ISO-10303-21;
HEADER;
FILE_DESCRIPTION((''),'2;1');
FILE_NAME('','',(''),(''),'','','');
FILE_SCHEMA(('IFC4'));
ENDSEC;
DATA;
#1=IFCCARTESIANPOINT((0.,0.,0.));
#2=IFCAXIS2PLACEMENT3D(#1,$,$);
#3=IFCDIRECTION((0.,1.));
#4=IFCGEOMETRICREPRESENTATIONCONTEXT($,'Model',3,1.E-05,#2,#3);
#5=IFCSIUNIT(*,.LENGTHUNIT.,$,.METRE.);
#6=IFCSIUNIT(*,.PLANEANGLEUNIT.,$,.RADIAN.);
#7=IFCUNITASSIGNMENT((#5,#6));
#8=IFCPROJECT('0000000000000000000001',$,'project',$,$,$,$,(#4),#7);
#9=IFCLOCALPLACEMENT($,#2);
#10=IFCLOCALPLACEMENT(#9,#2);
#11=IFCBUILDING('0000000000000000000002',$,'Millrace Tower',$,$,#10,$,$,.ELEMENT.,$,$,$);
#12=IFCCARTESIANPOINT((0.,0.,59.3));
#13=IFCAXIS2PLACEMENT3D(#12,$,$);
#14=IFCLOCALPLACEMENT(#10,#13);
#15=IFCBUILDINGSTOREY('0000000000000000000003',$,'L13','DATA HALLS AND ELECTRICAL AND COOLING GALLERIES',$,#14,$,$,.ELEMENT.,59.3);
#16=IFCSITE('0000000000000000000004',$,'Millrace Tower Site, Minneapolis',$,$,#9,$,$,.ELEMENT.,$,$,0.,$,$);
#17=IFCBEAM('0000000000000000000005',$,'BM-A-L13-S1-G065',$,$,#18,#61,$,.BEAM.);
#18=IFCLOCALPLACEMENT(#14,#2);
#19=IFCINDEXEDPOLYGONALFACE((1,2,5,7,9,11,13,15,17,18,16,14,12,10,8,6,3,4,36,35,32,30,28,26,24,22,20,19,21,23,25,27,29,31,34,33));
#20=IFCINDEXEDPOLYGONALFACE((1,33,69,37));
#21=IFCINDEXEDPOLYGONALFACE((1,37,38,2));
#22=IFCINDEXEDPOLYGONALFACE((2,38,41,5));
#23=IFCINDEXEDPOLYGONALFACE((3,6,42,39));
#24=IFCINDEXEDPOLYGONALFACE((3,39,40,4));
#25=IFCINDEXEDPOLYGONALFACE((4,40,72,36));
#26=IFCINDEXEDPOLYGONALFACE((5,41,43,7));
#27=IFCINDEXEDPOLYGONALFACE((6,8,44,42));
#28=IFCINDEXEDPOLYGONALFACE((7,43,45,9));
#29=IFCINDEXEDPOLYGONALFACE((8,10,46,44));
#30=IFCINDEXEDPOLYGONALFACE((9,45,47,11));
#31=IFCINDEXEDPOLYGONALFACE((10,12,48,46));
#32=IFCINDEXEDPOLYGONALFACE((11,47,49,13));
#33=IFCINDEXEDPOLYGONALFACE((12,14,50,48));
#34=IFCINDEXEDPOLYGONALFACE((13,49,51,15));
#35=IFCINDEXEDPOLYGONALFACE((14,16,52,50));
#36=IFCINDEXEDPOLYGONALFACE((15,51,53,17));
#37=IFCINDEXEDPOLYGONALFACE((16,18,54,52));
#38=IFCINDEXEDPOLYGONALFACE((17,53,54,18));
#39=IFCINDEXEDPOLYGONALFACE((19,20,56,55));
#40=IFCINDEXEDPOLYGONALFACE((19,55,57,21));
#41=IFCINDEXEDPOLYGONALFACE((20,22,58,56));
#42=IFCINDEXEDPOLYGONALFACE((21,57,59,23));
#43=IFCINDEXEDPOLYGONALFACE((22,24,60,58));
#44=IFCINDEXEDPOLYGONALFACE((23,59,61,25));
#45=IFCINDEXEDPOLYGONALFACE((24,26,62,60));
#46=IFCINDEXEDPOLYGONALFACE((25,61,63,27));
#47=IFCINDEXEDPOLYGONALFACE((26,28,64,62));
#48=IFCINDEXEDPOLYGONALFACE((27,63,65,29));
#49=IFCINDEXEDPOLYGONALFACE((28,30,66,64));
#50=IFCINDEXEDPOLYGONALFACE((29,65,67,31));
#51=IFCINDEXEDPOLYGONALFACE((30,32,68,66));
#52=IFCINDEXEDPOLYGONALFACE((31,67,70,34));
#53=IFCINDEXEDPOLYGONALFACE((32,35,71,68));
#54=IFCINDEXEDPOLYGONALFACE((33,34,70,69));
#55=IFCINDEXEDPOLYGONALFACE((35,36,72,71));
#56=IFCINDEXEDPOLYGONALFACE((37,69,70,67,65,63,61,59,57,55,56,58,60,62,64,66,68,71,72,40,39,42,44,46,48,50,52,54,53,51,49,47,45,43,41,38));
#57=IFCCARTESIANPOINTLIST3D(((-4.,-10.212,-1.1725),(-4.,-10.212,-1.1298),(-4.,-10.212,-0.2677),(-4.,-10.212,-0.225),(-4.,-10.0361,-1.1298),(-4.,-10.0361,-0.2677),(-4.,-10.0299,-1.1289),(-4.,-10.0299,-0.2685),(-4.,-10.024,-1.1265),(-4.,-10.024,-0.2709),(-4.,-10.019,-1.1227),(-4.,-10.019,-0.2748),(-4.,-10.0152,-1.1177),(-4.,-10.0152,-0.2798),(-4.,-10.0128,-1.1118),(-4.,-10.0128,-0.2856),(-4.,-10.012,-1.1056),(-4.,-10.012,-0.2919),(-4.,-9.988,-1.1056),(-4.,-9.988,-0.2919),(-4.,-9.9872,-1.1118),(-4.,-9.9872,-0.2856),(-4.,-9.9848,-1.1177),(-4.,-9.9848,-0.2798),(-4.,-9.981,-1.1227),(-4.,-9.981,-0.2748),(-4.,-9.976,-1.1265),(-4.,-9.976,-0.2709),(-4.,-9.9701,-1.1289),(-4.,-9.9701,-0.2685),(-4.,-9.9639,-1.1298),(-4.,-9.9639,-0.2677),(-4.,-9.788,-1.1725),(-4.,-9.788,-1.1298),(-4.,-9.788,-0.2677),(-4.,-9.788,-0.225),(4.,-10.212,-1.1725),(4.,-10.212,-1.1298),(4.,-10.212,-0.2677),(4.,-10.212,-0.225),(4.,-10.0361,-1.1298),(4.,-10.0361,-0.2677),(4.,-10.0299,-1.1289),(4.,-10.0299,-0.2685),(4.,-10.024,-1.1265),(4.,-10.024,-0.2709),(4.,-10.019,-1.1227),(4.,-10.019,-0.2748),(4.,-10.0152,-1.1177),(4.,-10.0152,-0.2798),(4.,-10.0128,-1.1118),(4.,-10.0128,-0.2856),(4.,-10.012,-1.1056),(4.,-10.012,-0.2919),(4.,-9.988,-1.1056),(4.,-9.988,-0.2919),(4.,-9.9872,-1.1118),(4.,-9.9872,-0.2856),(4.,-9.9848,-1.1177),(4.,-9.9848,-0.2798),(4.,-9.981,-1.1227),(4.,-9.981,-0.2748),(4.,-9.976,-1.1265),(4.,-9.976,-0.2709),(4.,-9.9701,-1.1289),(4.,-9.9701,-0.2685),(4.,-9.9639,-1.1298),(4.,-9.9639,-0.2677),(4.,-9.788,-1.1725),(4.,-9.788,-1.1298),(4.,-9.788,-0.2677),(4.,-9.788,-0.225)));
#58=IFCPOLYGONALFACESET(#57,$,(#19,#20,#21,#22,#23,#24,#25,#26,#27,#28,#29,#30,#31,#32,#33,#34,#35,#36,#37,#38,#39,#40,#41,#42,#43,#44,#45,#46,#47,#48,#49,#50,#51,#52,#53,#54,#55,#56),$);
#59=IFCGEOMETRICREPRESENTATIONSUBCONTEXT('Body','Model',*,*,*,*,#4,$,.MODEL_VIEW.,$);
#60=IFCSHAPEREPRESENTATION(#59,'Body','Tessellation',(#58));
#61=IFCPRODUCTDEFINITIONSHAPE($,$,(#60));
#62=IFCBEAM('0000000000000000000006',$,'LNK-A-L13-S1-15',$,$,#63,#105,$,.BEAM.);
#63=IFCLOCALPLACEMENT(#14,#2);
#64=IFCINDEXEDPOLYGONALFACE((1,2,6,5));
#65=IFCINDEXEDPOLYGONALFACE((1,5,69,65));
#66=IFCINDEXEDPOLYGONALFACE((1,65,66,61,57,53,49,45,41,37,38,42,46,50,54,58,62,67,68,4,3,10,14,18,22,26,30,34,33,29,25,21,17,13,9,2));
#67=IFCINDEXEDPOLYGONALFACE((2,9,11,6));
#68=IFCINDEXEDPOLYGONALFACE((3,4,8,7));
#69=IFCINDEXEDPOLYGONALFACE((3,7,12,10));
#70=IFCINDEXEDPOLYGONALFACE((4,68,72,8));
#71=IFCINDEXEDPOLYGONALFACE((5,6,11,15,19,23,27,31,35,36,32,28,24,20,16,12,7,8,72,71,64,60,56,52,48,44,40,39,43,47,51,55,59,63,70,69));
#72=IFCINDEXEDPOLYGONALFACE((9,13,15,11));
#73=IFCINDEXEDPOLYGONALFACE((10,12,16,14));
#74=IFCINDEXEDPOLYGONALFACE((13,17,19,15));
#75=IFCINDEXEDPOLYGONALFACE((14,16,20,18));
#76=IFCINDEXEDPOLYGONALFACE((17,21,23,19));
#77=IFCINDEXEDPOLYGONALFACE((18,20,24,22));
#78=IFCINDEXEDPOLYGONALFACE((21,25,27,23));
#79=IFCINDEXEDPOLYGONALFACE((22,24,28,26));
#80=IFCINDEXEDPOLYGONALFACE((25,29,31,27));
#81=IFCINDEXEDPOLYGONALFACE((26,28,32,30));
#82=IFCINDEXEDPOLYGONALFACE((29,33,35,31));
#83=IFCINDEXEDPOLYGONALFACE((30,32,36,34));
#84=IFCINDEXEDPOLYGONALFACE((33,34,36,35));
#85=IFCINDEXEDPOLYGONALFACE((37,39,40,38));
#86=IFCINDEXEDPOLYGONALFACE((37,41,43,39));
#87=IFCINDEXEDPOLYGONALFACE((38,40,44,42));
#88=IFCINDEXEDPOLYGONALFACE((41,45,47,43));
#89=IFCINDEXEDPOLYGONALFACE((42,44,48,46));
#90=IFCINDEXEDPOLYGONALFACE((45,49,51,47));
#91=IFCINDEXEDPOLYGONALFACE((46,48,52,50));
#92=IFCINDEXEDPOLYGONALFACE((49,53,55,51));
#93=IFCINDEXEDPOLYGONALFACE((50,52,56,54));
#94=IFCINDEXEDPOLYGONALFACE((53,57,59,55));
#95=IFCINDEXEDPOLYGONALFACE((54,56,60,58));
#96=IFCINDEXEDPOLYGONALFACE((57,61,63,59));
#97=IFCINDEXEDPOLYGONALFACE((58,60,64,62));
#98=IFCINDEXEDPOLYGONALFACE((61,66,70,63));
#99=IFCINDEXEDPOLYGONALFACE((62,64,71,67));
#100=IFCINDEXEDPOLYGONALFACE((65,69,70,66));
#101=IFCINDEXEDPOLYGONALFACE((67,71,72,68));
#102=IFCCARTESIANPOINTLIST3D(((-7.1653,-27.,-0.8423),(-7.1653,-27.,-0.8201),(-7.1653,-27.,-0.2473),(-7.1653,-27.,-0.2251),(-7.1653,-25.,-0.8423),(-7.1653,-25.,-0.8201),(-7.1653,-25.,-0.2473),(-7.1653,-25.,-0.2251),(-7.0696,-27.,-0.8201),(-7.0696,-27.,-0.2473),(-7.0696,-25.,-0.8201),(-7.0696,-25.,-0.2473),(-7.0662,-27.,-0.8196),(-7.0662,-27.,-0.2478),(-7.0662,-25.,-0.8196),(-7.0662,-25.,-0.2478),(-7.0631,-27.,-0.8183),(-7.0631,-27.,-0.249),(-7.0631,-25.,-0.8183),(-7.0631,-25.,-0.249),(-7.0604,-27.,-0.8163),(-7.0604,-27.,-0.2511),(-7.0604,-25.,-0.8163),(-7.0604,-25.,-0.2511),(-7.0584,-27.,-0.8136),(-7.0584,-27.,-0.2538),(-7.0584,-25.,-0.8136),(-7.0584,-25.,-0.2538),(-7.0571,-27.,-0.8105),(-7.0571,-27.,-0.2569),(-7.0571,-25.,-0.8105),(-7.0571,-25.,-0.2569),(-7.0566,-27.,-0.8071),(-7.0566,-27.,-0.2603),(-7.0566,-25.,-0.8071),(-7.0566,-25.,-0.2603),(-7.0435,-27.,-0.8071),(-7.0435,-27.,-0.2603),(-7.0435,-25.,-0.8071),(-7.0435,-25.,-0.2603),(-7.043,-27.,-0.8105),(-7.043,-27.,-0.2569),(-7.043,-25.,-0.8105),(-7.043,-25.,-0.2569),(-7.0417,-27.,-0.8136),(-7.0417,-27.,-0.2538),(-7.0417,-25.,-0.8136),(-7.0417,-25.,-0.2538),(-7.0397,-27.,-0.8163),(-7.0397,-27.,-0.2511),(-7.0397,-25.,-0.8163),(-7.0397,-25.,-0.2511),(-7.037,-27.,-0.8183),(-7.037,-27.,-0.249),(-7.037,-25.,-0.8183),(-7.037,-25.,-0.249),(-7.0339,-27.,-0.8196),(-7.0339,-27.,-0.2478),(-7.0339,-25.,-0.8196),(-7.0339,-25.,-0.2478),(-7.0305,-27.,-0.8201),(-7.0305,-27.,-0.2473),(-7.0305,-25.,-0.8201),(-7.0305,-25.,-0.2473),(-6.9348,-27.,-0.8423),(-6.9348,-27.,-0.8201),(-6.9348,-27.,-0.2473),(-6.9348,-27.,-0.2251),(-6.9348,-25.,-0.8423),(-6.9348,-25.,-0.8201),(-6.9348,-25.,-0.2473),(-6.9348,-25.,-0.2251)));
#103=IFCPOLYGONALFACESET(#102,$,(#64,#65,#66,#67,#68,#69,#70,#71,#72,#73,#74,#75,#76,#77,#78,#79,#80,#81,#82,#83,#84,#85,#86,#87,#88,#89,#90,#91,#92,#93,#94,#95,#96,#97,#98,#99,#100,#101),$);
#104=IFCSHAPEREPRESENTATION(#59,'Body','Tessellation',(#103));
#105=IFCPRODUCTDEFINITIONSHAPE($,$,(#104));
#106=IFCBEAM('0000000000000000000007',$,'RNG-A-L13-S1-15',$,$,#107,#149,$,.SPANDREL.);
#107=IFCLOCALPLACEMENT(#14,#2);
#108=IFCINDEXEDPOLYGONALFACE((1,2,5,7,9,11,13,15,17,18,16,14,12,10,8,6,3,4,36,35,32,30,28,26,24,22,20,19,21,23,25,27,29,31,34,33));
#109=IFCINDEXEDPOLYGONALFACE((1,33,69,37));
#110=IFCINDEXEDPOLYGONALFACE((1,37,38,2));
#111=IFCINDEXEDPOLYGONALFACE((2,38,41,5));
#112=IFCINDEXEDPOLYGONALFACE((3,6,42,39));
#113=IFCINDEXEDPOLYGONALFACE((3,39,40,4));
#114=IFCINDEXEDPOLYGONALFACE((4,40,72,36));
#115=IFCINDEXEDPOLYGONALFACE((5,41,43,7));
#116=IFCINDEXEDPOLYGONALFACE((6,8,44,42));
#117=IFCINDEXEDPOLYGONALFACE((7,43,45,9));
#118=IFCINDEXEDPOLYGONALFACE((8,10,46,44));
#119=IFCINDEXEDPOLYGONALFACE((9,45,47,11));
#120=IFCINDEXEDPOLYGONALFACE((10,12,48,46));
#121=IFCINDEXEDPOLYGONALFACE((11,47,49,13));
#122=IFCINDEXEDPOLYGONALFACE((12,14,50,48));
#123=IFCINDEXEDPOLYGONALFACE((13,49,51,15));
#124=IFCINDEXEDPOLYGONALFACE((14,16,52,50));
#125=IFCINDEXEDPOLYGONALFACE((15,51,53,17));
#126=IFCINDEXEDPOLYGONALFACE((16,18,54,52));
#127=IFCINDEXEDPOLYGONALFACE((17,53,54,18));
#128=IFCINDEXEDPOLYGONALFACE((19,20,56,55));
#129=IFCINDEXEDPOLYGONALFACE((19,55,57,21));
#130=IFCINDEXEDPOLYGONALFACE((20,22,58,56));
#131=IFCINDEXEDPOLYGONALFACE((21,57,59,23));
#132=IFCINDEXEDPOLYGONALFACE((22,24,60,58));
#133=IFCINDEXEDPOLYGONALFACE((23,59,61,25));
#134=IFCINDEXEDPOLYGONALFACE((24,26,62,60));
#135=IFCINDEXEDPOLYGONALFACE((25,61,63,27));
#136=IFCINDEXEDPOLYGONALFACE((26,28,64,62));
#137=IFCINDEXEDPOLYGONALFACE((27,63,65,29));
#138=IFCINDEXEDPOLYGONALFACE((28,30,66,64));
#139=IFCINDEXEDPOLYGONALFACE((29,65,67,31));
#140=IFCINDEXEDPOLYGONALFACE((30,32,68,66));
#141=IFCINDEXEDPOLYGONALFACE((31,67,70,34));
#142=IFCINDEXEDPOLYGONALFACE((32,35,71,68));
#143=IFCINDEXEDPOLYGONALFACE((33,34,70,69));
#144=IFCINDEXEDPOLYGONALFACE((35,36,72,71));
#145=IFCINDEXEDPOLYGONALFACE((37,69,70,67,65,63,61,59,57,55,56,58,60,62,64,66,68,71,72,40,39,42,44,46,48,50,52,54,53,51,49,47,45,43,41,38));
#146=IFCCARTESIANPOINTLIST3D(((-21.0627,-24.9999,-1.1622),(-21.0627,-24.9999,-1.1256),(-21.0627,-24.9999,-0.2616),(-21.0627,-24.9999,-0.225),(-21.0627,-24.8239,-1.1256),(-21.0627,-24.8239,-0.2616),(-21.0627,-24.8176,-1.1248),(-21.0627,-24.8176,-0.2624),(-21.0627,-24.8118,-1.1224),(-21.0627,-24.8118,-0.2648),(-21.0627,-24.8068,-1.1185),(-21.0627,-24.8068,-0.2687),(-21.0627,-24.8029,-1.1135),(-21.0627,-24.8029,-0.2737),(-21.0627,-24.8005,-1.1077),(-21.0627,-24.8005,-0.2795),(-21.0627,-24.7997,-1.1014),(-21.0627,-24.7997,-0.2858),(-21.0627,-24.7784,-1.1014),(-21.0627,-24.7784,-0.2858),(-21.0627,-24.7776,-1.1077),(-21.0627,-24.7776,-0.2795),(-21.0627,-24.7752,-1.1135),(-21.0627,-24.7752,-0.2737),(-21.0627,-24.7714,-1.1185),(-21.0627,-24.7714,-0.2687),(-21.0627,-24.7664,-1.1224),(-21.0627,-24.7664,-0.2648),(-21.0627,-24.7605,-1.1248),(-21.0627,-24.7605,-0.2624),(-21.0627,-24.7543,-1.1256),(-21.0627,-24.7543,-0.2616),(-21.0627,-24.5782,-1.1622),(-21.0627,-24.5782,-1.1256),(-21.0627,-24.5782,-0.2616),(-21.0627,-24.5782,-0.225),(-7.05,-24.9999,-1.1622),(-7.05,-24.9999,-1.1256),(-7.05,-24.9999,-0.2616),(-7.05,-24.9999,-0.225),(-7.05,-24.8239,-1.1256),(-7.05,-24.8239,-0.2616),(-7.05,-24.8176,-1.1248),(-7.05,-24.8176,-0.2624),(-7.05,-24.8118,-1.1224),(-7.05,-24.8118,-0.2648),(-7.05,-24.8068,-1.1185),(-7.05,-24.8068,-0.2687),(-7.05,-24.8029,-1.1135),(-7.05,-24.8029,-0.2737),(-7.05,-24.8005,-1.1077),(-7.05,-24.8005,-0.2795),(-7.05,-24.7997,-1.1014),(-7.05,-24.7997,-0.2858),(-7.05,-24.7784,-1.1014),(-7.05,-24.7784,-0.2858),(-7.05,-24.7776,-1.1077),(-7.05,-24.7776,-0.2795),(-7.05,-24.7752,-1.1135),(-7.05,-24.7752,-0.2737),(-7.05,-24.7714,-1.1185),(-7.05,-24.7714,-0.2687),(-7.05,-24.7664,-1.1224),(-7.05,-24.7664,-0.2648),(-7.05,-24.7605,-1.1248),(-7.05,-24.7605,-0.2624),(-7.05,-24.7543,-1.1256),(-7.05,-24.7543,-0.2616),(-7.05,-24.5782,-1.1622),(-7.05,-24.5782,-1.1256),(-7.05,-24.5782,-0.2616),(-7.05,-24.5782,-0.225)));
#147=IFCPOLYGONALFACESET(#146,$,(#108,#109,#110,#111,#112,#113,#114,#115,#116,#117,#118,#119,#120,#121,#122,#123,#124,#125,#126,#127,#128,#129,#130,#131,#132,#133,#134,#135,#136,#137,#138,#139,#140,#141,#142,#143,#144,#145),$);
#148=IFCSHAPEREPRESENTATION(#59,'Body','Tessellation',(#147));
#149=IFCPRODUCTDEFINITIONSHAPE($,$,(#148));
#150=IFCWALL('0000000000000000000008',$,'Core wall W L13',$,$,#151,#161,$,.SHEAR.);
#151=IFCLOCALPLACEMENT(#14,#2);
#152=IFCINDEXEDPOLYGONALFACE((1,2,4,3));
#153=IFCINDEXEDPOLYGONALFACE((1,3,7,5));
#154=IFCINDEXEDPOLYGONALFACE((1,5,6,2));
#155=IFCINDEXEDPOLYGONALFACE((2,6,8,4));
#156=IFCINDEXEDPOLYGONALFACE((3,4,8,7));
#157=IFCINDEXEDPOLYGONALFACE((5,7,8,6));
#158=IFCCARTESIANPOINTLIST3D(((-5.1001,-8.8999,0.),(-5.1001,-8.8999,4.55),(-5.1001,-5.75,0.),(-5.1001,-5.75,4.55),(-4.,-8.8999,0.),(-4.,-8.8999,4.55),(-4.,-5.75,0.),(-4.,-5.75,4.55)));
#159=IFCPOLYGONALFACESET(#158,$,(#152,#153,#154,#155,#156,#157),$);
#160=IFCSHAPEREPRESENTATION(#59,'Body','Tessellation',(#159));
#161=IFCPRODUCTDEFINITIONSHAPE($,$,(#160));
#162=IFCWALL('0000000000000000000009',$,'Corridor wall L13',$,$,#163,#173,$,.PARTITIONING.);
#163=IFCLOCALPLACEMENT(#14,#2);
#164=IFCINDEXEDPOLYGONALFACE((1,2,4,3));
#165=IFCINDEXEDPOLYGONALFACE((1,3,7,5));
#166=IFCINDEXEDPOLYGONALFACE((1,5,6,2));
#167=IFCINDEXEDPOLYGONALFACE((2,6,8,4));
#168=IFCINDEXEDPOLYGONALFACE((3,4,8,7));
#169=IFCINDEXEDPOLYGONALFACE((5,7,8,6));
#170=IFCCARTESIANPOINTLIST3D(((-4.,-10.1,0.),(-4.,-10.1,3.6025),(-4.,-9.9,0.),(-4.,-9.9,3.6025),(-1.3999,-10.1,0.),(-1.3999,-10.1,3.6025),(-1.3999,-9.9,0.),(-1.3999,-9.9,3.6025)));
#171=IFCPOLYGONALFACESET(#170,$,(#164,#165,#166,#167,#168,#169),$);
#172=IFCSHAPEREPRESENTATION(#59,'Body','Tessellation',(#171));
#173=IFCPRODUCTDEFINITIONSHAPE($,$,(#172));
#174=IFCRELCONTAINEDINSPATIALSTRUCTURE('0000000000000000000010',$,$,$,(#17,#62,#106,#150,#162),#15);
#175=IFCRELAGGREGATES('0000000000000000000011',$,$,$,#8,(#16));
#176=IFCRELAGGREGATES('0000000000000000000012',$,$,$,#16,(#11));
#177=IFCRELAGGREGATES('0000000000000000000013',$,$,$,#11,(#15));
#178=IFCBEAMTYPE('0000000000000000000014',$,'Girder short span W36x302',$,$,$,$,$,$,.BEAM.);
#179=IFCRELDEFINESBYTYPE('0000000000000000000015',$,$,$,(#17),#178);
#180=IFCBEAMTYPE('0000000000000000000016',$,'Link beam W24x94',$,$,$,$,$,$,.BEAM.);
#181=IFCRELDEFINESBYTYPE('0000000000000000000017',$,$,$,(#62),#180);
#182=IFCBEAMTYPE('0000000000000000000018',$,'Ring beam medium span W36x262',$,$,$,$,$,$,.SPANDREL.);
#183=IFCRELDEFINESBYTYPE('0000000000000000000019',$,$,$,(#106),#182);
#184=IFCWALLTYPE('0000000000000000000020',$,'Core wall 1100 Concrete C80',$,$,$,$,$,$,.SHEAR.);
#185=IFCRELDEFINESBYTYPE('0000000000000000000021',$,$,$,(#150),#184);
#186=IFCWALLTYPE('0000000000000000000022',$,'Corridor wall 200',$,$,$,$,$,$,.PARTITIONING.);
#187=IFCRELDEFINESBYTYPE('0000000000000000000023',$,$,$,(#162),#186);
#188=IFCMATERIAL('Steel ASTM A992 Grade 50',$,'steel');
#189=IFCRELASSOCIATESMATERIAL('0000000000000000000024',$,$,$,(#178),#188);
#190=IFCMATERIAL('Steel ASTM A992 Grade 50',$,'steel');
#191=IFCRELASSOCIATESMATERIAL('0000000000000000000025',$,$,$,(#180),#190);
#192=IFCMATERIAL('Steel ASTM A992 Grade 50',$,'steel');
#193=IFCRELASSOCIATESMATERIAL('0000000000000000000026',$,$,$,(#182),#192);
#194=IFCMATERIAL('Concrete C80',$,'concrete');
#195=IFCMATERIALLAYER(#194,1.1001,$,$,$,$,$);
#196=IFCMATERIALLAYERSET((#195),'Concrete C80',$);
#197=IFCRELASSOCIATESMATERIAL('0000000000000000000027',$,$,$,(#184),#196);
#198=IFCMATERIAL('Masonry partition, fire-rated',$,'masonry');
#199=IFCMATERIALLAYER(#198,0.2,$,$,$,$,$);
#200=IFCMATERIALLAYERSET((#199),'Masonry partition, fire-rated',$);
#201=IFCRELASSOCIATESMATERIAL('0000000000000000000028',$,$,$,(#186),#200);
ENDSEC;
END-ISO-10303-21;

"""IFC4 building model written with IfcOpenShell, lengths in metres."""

from ifc_helpers import new_model, si_unit, direction, frame, frame_2d, origin, origin_2d, place, context, subcontext, project, spatial, rectangle, i_section, extrude, material, layer, layer_set, material_profile, profile_set, type_object, element, save


model = new_model("IFC4")

# Units and contexts
model_context = context("Model", 3, precision=1e-05, world=origin(), true_north=direction((0.0, 1.0)))
body_context = subcontext(model_context, "Body", "Model", "MODEL_VIEW")
ifc_project = project(units=[si_unit("LENGTHUNIT", "METRE"), si_unit("PLANEANGLEUNIT", "RADIAN")], contexts=[model_context])

# Site, building, storey
site_placement = place(None, origin())
site = spatial("IfcSite", under=ifc_project, at=site_placement, Name="Millrace Tower Site, Minneapolis", CompositionType="ELEMENT", RefElevation=0.0)
building_placement = place(site_placement, origin())
building = spatial("IfcBuilding", under=site, at=building_placement, Name="Millrace Tower", CompositionType="ELEMENT")
storey_placement = place(building_placement, frame((0.0, 0.0, 59.3)))
storey = spatial("IfcBuildingStorey", under=building, at=storey_placement, Name="L13", Description="DATA HALLS AND ELECTRICAL AND COOLING GALLERIES", CompositionType="ELEMENT", Elevation=59.3)

# Beams
ifc_material_1 = material(Name="Steel ASTM A992 Grade 50", Category="steel")
ifc_material_profile_1 = material_profile(ifc_material_1, i_section(OverallWidth=0.4241, OverallDepth=0.9475, WebThickness=0.0239, FlangeThickness=0.0427, FilletRadius=0.0242, at=origin_2d()))
ifc_profile_set_1 = profile_set([ifc_material_profile_1], Name="Steel ASTM A992 Grade 50")
beam_type_1 = type_object("IfcBeamType", Name="Girder short span W36x302", PredefinedType="BEAM", material=ifc_profile_set_1)
beam_1_placement = place(storey_placement, frame((-4.0, -10.0, -0.6987), z_axis=(1.0, 0.0, 0.0), x_axis=(0.0, 1.0, 0.0)))
element("IfcBeam", 1, at=beam_1_placement, inside=storey, type_object=beam_type_1, Name="BM-A-L13-S1-G065", PredefinedType="BEAM", context=body_context, shape_type="SweptSolid", body=[
    extrude(i_section(OverallWidth=0.4241, OverallDepth=0.9475, WebThickness=0.0239, FlangeThickness=0.0427, FilletRadius=0.0242, at=origin_2d()), origin(), (0.0, 0.0, 1.0), 8.0),
])
ifc_material_2 = material(Name="Steel ASTM A992 Grade 50", Category="steel")
ifc_material_profile_2 = material_profile(ifc_material_2, i_section(OverallWidth=0.2305, OverallDepth=0.6172, WebThickness=0.0132, FlangeThickness=0.0222, FilletRadius=0.0129, at=origin_2d()))
ifc_profile_set_2 = profile_set([ifc_material_profile_2], Name="Steel ASTM A992 Grade 50")
beam_type_2 = type_object("IfcBeamType", Name="Link beam W24x94", PredefinedType="BEAM", material=ifc_profile_set_2)
beam_2_placement = place(storey_placement, frame((-7.05, -25.0, -0.5337), z_axis=(0.0, -1.0, 0.0), x_axis=(1.0, 0.0, 0.0)))
element("IfcBeam", 2, at=beam_2_placement, inside=storey, type_object=beam_type_2, Name="LNK-A-L13-S1-15", PredefinedType="BEAM", context=body_context, shape_type="SweptSolid", body=[
    extrude(i_section(OverallWidth=0.2305, OverallDepth=0.6172, WebThickness=0.0132, FlangeThickness=0.0222, FilletRadius=0.0129, at=origin_2d()), origin(), (0.0, 0.0, 1.0), 2.0),
])
ifc_material_3 = material(Name="Steel ASTM A992 Grade 50", Category="steel")
ifc_material_profile_3 = material_profile(ifc_material_3, i_section(OverallWidth=0.4216, OverallDepth=0.9373, WebThickness=0.0212, FlangeThickness=0.0366, FilletRadius=0.0242, at=origin_2d()))
ifc_profile_set_3 = profile_set([ifc_material_profile_3], Name="Steel ASTM A992 Grade 50")
beam_type_3 = type_object("IfcBeamType", Name="Ring beam medium span W36x262", PredefinedType="SPANDREL", material=ifc_profile_set_3)
beam_3_placement = place(storey_placement, frame((-7.05, -24.7891, -0.6936), z_axis=(-1.0, 0.0, 0.0), x_axis=(0.0, -1.0, 0.0)))
element("IfcBeam", 3, at=beam_3_placement, inside=storey, type_object=beam_type_3, Name="RNG-A-L13-S1-15", PredefinedType="SPANDREL", context=body_context, shape_type="SweptSolid", body=[
    extrude(i_section(OverallWidth=0.4216, OverallDepth=0.9373, WebThickness=0.0212, FlangeThickness=0.0366, FilletRadius=0.0242, at=origin_2d()), origin(), (0.0, 0.0, 1.0), 14.0127),
])

# Walls
ifc_material_4 = material(Name="Concrete C80", Category="concrete")
ifc_layer_1 = layer(ifc_material_4, 1.1001)
ifc_layer_set_1 = layer_set([ifc_layer_1], Name="Concrete C80")
wall_type_1 = type_object("IfcWallType", Name="Core wall 1100 Concrete C80", PredefinedType="SHEAR", material=ifc_layer_set_1)
wall_1_placement = place(storey_placement, frame((-4.55, -8.8999, 0.0), z_axis=(0.0, 0.0, 1.0), x_axis=(0.0, 1.0, 0.0)))
element("IfcWall", 4, at=wall_1_placement, inside=storey, type_object=wall_type_1, Name="Core wall W L13", PredefinedType="SHEAR", context=body_context, shape_type="SweptSolid", body=[
    extrude(rectangle(XDim=3.1499, YDim=1.1001, at=frame_2d((1.575, 0.0))), origin(), (0.0, 0.0, 1.0), 4.55),
])
ifc_material_5 = material(Name="Masonry partition, fire-rated", Category="masonry")
ifc_layer_2 = layer(ifc_material_5, 0.2)
ifc_layer_set_2 = layer_set([ifc_layer_2], Name="Masonry partition, fire-rated")
wall_type_2 = type_object("IfcWallType", Name="Corridor wall 200", PredefinedType="PARTITIONING", material=ifc_layer_set_2)
wall_2_placement = place(storey_placement, frame((-4.0, -10.0, 0.0), z_axis=(0.0, 0.0, 1.0), x_axis=(1.0, 0.0, 0.0)))
element("IfcWall", 5, at=wall_2_placement, inside=storey, type_object=wall_type_2, Name="Corridor wall L13", PredefinedType="PARTITIONING", context=body_context, shape_type="SweptSolid", body=[
    extrude(rectangle(XDim=2.6001, YDim=0.2, at=frame_2d((1.3, 0.0))), origin(), (0.0, 0.0, 1.0), 3.6025),
])

save(model, "model.ifc")
